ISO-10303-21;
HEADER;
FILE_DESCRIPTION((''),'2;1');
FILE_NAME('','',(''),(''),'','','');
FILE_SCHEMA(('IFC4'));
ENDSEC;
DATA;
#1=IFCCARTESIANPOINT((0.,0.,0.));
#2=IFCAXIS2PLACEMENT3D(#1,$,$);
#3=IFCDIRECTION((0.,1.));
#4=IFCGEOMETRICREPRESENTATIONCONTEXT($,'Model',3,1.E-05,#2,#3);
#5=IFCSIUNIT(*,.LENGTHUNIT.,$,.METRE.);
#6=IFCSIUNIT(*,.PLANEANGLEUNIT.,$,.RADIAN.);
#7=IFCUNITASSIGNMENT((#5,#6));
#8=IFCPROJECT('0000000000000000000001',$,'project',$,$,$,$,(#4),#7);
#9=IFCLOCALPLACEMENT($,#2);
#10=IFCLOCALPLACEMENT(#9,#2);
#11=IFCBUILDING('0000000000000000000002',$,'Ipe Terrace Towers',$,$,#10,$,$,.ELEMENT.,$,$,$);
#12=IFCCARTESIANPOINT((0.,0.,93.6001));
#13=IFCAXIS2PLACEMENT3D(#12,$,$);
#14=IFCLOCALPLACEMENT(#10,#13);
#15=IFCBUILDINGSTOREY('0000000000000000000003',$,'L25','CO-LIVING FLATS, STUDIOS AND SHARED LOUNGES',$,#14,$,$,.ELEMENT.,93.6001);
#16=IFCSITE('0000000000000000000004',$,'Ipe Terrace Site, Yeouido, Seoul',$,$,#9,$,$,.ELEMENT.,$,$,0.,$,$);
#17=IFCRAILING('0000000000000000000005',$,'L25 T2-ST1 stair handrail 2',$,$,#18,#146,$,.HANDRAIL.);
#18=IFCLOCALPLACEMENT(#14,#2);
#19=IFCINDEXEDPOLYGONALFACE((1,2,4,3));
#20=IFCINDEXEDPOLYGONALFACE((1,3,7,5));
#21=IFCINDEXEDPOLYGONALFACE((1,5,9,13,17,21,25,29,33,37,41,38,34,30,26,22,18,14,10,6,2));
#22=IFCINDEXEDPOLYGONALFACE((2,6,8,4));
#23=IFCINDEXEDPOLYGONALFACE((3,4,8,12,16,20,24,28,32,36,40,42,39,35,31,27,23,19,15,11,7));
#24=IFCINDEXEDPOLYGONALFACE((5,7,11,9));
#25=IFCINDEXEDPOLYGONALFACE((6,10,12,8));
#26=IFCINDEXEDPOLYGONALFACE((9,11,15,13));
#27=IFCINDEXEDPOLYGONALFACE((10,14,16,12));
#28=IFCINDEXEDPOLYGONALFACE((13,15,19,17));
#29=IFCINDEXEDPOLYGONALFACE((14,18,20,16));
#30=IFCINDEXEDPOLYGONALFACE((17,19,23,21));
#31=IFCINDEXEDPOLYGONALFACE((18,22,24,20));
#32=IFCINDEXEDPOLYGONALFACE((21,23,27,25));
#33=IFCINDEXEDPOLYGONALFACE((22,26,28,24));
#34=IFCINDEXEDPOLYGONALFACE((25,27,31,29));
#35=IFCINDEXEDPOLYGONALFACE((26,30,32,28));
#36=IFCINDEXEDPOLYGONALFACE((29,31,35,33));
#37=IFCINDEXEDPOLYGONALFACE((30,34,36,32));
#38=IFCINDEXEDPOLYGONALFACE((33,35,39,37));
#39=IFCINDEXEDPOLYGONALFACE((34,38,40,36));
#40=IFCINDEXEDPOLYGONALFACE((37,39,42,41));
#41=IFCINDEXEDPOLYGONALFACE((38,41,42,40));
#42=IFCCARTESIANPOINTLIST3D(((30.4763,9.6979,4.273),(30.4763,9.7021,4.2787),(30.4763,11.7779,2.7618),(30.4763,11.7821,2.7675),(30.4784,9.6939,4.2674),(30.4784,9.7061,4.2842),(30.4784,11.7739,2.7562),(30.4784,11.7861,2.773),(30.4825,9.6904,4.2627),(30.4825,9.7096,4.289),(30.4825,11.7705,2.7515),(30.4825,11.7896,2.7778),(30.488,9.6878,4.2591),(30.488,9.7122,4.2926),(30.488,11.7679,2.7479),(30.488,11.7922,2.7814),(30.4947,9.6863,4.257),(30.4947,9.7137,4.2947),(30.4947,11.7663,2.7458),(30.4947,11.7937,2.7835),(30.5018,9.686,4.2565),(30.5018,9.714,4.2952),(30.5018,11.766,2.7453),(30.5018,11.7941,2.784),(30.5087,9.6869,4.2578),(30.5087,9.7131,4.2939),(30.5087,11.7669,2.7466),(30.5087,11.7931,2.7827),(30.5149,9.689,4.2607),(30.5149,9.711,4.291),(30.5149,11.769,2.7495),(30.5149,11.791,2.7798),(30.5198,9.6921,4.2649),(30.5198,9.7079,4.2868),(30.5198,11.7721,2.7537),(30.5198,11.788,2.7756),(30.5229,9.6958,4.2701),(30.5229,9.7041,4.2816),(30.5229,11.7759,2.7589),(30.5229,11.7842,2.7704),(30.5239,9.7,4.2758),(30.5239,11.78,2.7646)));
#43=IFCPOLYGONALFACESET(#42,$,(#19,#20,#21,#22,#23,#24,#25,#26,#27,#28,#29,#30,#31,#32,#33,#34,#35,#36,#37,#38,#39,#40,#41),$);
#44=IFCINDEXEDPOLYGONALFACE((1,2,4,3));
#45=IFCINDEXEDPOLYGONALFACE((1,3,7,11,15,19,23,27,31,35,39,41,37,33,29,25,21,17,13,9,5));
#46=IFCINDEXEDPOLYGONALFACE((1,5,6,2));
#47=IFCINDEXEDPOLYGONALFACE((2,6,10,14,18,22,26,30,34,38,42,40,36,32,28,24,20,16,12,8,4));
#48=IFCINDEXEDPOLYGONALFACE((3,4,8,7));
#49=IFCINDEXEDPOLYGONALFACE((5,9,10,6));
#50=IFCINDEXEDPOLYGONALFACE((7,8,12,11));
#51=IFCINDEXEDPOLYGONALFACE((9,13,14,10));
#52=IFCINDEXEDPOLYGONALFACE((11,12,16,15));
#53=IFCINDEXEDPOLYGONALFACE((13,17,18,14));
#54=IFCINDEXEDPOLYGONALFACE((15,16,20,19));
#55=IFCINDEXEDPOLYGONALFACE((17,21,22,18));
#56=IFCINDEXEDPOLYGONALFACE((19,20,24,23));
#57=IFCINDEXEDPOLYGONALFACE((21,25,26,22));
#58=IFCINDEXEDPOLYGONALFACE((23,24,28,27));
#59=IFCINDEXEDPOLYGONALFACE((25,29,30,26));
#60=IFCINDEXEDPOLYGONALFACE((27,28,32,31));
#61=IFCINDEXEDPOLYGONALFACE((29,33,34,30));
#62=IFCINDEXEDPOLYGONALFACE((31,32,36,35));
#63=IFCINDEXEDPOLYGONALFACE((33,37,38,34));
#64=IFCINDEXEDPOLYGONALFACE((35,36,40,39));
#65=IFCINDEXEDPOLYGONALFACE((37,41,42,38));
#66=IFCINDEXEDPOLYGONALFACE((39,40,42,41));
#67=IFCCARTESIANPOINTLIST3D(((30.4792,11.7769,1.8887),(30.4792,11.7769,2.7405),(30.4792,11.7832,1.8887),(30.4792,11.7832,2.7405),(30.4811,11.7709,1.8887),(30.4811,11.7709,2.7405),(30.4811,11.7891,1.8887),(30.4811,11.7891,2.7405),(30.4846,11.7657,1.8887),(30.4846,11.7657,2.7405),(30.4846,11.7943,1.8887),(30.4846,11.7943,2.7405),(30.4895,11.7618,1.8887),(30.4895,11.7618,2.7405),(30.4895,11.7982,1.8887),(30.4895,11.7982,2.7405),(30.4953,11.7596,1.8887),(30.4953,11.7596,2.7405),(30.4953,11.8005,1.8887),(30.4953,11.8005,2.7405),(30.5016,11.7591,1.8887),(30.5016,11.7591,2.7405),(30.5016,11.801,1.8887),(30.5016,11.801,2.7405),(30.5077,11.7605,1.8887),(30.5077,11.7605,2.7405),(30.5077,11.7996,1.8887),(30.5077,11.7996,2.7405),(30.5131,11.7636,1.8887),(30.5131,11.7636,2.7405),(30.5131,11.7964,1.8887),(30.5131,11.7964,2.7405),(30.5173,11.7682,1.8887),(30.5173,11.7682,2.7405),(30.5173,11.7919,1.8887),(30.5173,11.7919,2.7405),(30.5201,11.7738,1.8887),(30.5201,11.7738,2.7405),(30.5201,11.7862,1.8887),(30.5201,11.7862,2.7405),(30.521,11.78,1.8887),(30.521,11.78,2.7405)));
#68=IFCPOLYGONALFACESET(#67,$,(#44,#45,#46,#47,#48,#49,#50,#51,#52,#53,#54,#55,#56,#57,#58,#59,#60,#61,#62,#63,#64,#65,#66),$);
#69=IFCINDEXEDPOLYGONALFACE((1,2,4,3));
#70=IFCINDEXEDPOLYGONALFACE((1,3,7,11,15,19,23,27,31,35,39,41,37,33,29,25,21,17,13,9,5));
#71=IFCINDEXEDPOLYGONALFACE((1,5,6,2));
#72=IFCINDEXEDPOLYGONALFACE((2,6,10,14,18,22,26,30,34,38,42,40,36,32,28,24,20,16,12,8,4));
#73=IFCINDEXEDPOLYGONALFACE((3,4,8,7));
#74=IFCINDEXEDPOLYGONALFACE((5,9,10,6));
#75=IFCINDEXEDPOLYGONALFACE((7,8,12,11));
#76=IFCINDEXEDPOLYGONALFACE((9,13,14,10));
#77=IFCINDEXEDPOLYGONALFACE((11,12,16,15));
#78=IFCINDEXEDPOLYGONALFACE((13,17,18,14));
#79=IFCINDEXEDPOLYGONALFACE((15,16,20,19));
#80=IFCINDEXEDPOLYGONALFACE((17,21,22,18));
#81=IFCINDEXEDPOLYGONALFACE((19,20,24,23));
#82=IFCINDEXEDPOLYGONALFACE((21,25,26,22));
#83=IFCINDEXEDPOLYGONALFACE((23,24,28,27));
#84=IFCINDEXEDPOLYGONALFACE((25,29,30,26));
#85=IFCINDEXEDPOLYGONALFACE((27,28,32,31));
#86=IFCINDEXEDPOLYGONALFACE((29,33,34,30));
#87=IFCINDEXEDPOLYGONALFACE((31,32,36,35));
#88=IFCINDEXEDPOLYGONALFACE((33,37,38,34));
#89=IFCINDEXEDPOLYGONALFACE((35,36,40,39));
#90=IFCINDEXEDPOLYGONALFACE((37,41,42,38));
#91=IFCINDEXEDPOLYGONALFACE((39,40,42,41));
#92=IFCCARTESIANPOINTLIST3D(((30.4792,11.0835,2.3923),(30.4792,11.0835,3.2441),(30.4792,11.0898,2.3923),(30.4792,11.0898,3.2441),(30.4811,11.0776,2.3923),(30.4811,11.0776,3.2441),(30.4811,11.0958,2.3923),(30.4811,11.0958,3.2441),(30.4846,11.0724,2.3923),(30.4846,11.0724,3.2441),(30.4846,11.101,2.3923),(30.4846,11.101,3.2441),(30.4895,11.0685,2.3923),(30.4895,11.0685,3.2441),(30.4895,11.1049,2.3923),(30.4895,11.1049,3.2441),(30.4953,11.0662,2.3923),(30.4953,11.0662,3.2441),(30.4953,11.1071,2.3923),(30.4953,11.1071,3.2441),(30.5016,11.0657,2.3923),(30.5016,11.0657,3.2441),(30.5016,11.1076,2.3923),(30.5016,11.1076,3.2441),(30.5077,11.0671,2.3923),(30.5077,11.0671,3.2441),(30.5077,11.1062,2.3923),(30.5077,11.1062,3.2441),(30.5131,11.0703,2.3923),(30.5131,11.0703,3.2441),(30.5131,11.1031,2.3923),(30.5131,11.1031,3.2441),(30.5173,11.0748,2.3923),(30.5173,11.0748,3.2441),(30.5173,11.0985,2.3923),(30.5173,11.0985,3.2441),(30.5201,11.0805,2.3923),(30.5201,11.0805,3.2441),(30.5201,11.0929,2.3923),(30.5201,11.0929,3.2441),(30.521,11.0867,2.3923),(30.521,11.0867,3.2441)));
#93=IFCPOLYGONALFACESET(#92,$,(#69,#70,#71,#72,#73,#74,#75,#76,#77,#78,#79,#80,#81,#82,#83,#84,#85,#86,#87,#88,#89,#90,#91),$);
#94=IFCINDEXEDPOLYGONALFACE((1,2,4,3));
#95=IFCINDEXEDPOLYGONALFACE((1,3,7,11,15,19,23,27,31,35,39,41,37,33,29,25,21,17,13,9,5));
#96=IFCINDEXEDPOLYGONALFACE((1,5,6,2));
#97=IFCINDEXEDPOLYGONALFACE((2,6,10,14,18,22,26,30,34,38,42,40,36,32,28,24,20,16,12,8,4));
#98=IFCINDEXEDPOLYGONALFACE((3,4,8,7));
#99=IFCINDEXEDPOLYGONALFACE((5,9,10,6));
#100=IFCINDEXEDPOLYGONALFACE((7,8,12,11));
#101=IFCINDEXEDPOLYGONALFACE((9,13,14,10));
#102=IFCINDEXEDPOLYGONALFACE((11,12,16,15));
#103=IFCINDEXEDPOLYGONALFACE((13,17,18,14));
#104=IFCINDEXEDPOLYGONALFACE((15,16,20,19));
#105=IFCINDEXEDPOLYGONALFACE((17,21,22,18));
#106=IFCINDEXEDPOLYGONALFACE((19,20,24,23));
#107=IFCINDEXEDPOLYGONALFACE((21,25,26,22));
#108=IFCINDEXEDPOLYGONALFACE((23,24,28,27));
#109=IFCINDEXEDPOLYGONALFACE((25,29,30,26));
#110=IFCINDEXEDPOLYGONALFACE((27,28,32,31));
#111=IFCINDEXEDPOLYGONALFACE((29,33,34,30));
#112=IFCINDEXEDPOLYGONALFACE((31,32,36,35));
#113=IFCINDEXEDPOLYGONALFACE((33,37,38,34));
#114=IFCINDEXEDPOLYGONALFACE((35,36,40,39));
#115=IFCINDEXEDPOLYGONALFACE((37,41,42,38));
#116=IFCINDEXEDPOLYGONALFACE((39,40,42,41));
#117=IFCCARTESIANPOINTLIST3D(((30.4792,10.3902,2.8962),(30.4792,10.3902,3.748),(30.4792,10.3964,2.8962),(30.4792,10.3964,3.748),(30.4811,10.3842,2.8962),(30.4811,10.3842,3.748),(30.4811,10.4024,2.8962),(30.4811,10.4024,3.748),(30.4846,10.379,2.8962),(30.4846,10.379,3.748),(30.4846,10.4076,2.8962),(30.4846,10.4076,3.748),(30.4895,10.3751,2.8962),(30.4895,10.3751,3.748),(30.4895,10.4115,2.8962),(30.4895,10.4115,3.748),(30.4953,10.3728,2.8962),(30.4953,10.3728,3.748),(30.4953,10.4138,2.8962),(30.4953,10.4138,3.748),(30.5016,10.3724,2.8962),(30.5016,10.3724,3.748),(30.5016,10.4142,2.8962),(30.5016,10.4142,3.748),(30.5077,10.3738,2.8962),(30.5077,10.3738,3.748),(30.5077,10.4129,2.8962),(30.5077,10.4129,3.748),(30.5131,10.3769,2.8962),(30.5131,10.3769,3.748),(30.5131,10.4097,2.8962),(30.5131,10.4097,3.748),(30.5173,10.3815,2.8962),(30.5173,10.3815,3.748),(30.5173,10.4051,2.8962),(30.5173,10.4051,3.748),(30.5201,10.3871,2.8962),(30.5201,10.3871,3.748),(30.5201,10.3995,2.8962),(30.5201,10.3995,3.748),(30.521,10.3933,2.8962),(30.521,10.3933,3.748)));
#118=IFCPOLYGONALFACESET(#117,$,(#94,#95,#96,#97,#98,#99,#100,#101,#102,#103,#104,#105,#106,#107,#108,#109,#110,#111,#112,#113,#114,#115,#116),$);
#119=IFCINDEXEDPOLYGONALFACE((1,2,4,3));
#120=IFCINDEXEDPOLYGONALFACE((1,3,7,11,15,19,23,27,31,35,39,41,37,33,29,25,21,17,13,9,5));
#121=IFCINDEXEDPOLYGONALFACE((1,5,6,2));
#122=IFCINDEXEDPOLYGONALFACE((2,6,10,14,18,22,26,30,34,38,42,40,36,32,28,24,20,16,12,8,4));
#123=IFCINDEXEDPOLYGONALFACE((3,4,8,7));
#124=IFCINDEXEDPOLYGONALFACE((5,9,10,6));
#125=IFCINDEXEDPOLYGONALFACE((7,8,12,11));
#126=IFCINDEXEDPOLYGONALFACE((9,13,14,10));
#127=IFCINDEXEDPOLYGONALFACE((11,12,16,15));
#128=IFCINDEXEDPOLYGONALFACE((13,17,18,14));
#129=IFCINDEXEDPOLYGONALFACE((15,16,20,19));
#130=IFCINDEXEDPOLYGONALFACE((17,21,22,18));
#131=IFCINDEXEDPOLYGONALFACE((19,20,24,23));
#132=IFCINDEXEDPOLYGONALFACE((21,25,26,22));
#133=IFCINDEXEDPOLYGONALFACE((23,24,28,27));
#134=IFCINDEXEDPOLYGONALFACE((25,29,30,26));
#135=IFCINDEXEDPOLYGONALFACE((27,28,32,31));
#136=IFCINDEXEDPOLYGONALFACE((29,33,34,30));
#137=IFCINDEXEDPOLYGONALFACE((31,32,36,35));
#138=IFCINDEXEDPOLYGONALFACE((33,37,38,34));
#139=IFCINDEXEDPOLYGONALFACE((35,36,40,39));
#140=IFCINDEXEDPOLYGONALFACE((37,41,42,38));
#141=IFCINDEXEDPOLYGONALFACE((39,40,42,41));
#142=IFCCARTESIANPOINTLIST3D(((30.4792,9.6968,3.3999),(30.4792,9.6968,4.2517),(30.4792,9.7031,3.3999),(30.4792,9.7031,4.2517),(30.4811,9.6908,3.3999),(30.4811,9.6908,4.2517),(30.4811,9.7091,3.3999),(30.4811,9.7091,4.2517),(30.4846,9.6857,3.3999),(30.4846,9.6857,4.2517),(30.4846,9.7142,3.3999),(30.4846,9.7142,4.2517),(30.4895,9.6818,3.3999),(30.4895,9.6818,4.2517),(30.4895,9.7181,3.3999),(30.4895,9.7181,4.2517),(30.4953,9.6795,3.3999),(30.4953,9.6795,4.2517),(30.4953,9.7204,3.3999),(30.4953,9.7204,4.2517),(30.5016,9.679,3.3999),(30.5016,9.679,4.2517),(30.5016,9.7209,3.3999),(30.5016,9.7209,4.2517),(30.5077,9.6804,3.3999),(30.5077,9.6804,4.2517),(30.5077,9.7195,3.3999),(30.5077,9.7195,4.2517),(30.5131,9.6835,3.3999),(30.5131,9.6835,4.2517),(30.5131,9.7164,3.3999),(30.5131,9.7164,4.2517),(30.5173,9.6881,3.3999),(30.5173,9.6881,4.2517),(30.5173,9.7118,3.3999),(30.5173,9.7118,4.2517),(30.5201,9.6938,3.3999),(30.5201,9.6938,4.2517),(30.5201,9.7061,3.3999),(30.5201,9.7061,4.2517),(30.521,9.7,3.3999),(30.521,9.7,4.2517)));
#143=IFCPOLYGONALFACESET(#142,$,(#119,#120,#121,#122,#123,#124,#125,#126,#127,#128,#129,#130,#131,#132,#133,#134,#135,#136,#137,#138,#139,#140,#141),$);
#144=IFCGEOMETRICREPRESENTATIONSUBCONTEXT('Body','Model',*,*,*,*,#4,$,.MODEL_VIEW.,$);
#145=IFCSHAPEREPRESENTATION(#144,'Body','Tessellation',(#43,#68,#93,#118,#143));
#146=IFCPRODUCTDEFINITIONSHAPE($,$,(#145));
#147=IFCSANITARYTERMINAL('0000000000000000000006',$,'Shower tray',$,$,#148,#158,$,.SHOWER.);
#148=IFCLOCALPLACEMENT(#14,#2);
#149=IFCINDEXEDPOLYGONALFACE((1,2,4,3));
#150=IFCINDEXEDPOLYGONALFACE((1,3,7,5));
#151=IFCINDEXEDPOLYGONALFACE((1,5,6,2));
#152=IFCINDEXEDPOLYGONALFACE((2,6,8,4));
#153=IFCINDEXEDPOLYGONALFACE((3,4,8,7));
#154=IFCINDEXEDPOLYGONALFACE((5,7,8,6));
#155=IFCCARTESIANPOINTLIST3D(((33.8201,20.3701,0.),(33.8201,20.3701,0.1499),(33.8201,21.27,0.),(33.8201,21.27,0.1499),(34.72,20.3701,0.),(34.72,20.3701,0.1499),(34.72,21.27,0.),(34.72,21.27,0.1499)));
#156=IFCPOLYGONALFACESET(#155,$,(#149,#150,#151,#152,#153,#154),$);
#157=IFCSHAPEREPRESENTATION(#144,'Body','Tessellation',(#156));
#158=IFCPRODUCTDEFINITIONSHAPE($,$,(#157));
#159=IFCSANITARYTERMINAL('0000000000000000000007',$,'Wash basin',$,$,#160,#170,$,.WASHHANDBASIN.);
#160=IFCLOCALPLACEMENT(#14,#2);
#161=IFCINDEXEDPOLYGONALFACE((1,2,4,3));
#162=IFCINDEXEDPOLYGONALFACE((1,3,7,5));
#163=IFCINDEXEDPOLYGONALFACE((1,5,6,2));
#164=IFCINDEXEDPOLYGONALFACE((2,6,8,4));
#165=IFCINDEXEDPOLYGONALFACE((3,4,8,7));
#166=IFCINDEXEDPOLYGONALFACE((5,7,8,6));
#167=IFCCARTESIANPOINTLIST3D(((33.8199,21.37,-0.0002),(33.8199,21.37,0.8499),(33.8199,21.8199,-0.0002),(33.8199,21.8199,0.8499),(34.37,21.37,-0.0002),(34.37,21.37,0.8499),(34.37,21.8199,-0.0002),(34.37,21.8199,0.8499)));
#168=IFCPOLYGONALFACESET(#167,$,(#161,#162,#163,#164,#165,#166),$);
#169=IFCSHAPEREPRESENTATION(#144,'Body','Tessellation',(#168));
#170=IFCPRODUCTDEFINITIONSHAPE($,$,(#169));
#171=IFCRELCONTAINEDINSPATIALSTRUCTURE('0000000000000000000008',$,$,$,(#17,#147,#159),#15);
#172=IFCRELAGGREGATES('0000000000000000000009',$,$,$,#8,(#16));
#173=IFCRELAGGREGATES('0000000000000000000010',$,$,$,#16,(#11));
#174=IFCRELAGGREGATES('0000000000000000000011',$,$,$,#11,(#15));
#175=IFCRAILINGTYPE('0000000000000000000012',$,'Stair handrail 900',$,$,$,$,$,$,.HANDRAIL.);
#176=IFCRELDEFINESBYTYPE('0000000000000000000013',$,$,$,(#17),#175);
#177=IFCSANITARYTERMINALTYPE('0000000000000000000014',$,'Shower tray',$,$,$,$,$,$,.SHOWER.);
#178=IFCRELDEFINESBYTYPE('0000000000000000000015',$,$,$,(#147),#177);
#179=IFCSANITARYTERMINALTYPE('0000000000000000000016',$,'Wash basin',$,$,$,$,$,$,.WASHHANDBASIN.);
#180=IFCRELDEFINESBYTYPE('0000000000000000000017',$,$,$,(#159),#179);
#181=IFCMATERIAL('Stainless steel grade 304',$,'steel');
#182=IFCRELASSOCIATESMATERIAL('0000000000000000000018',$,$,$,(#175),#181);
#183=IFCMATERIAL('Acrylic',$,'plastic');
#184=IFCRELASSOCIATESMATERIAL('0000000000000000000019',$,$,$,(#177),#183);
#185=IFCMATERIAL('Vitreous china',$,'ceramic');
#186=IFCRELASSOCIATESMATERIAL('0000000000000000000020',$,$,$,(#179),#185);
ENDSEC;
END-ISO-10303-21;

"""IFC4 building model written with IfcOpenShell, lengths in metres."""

from ifc_helpers import new_model, si_unit, direction, frame, origin, origin_2d, place, context, subcontext, project, spatial, rectangle, circle, extrude, material, type_object, element, save


model = new_model("IFC4")

# Units and contexts
model_context = context("Model", 3, precision=1e-05, world=origin(), true_north=direction((0.0, 1.0)))
body_context = subcontext(model_context, "Body", "Model", "MODEL_VIEW")
ifc_project = project(units=[si_unit("LENGTHUNIT", "METRE"), si_unit("PLANEANGLEUNIT", "RADIAN")], contexts=[model_context])

# Site, building, storey
site_placement = place(None, origin())
site = spatial("IfcSite", under=ifc_project, at=site_placement, Name="Ipe Terrace Site, Yeouido, Seoul", CompositionType="ELEMENT", RefElevation=0.0)
building_placement = place(site_placement, origin())
building = spatial("IfcBuilding", under=site, at=building_placement, Name="Ipe Terrace Towers", CompositionType="ELEMENT")
storey_placement = place(building_placement, frame((0.0, 0.0, 93.6001)))
storey = spatial("IfcBuildingStorey", under=building, at=storey_placement, Name="L25", Description="CO-LIVING FLATS, STUDIOS AND SHARED LOUNGES", CompositionType="ELEMENT", Elevation=93.6001)

# Railing
ifc_material_1 = material(Name="Stainless steel grade 304", Category="steel")
railing_type_1 = type_object("IfcRailingType", Name="Stair handrail 900", PredefinedType="HANDRAIL", material=ifc_material_1)
railing_1_placement = place(storey_placement, frame((30.5, 11.78, 1.8887)))
element("IfcRailing", 1, at=railing_1_placement, inside=storey, type_object=railing_type_1, Name="L25 T2-ST1 stair handrail 2", PredefinedType="HANDRAIL", context=body_context, shape_type="SweptSolid", body=[
    extrude(circle(Radius=0.0239, at=origin_2d()), frame((0.0, 0.0, 0.876), z_axis=(0.0, -0.809023, 0.587776), x_axis=(1.0, 0.0, 0.0)), (0.0, 0.0, 1.0), 2.571),
    extrude(circle(Radius=0.021, at=origin_2d()), origin(), (0.0, 0.0, 1.0), 0.8518),
    extrude(circle(Radius=0.021, at=origin_2d()), frame((0.0, -0.6934, 0.5037)), (0.0, 0.0, 1.0), 0.8518),
    extrude(circle(Radius=0.021, at=origin_2d()), frame((0.0, -1.3867, 1.0076)), (0.0, 0.0, 1.0), 0.8518),
    extrude(circle(Radius=0.021, at=origin_2d()), frame((0.0, -2.0801, 1.5112)), (0.0, 0.0, 1.0), 0.8518),
])

# Sanitary terminals
ifc_material_2 = material(Name="Acrylic", Category="plastic")
sanitary_terminal_type_1 = type_object("IfcSanitaryTerminalType", Name="Shower tray", PredefinedType="SHOWER", material=ifc_material_2)
sanitary_terminal_1_placement = place(storey_placement, frame((34.27, 20.8201, 0.0), z_axis=(0.0, 0.0, 1.0), x_axis=(1.0, 0.0, 0.0)))
element("IfcSanitaryTerminal", 2, at=sanitary_terminal_1_placement, inside=storey, type_object=sanitary_terminal_type_1, Name="Shower tray", PredefinedType="SHOWER", context=body_context, shape_type="SweptSolid", body=[
    extrude(rectangle(XDim=0.8999, YDim=0.8999, at=origin_2d()), origin(), (0.0, 0.0, 1.0), 0.1499),
])
ifc_material_3 = material(Name="Vitreous china", Category="ceramic")
sanitary_terminal_type_2 = type_object("IfcSanitaryTerminalType", Name="Wash basin", PredefinedType="WASHHANDBASIN", material=ifc_material_3)
sanitary_terminal_2_placement = place(storey_placement, frame((34.095, 21.595, -0.0002), z_axis=(0.0, 0.0, 1.0), x_axis=(1.0, 0.0, 0.0)))
element("IfcSanitaryTerminal", 3, at=sanitary_terminal_2_placement, inside=storey, type_object=sanitary_terminal_type_2, Name="Wash basin", PredefinedType="WASHHANDBASIN", context=body_context, shape_type="SweptSolid", body=[
    extrude(rectangle(XDim=0.55, YDim=0.45, at=origin_2d()), origin(), (0.0, 0.0, 1.0), 0.8501),
])

save(model, "model.ifc")
